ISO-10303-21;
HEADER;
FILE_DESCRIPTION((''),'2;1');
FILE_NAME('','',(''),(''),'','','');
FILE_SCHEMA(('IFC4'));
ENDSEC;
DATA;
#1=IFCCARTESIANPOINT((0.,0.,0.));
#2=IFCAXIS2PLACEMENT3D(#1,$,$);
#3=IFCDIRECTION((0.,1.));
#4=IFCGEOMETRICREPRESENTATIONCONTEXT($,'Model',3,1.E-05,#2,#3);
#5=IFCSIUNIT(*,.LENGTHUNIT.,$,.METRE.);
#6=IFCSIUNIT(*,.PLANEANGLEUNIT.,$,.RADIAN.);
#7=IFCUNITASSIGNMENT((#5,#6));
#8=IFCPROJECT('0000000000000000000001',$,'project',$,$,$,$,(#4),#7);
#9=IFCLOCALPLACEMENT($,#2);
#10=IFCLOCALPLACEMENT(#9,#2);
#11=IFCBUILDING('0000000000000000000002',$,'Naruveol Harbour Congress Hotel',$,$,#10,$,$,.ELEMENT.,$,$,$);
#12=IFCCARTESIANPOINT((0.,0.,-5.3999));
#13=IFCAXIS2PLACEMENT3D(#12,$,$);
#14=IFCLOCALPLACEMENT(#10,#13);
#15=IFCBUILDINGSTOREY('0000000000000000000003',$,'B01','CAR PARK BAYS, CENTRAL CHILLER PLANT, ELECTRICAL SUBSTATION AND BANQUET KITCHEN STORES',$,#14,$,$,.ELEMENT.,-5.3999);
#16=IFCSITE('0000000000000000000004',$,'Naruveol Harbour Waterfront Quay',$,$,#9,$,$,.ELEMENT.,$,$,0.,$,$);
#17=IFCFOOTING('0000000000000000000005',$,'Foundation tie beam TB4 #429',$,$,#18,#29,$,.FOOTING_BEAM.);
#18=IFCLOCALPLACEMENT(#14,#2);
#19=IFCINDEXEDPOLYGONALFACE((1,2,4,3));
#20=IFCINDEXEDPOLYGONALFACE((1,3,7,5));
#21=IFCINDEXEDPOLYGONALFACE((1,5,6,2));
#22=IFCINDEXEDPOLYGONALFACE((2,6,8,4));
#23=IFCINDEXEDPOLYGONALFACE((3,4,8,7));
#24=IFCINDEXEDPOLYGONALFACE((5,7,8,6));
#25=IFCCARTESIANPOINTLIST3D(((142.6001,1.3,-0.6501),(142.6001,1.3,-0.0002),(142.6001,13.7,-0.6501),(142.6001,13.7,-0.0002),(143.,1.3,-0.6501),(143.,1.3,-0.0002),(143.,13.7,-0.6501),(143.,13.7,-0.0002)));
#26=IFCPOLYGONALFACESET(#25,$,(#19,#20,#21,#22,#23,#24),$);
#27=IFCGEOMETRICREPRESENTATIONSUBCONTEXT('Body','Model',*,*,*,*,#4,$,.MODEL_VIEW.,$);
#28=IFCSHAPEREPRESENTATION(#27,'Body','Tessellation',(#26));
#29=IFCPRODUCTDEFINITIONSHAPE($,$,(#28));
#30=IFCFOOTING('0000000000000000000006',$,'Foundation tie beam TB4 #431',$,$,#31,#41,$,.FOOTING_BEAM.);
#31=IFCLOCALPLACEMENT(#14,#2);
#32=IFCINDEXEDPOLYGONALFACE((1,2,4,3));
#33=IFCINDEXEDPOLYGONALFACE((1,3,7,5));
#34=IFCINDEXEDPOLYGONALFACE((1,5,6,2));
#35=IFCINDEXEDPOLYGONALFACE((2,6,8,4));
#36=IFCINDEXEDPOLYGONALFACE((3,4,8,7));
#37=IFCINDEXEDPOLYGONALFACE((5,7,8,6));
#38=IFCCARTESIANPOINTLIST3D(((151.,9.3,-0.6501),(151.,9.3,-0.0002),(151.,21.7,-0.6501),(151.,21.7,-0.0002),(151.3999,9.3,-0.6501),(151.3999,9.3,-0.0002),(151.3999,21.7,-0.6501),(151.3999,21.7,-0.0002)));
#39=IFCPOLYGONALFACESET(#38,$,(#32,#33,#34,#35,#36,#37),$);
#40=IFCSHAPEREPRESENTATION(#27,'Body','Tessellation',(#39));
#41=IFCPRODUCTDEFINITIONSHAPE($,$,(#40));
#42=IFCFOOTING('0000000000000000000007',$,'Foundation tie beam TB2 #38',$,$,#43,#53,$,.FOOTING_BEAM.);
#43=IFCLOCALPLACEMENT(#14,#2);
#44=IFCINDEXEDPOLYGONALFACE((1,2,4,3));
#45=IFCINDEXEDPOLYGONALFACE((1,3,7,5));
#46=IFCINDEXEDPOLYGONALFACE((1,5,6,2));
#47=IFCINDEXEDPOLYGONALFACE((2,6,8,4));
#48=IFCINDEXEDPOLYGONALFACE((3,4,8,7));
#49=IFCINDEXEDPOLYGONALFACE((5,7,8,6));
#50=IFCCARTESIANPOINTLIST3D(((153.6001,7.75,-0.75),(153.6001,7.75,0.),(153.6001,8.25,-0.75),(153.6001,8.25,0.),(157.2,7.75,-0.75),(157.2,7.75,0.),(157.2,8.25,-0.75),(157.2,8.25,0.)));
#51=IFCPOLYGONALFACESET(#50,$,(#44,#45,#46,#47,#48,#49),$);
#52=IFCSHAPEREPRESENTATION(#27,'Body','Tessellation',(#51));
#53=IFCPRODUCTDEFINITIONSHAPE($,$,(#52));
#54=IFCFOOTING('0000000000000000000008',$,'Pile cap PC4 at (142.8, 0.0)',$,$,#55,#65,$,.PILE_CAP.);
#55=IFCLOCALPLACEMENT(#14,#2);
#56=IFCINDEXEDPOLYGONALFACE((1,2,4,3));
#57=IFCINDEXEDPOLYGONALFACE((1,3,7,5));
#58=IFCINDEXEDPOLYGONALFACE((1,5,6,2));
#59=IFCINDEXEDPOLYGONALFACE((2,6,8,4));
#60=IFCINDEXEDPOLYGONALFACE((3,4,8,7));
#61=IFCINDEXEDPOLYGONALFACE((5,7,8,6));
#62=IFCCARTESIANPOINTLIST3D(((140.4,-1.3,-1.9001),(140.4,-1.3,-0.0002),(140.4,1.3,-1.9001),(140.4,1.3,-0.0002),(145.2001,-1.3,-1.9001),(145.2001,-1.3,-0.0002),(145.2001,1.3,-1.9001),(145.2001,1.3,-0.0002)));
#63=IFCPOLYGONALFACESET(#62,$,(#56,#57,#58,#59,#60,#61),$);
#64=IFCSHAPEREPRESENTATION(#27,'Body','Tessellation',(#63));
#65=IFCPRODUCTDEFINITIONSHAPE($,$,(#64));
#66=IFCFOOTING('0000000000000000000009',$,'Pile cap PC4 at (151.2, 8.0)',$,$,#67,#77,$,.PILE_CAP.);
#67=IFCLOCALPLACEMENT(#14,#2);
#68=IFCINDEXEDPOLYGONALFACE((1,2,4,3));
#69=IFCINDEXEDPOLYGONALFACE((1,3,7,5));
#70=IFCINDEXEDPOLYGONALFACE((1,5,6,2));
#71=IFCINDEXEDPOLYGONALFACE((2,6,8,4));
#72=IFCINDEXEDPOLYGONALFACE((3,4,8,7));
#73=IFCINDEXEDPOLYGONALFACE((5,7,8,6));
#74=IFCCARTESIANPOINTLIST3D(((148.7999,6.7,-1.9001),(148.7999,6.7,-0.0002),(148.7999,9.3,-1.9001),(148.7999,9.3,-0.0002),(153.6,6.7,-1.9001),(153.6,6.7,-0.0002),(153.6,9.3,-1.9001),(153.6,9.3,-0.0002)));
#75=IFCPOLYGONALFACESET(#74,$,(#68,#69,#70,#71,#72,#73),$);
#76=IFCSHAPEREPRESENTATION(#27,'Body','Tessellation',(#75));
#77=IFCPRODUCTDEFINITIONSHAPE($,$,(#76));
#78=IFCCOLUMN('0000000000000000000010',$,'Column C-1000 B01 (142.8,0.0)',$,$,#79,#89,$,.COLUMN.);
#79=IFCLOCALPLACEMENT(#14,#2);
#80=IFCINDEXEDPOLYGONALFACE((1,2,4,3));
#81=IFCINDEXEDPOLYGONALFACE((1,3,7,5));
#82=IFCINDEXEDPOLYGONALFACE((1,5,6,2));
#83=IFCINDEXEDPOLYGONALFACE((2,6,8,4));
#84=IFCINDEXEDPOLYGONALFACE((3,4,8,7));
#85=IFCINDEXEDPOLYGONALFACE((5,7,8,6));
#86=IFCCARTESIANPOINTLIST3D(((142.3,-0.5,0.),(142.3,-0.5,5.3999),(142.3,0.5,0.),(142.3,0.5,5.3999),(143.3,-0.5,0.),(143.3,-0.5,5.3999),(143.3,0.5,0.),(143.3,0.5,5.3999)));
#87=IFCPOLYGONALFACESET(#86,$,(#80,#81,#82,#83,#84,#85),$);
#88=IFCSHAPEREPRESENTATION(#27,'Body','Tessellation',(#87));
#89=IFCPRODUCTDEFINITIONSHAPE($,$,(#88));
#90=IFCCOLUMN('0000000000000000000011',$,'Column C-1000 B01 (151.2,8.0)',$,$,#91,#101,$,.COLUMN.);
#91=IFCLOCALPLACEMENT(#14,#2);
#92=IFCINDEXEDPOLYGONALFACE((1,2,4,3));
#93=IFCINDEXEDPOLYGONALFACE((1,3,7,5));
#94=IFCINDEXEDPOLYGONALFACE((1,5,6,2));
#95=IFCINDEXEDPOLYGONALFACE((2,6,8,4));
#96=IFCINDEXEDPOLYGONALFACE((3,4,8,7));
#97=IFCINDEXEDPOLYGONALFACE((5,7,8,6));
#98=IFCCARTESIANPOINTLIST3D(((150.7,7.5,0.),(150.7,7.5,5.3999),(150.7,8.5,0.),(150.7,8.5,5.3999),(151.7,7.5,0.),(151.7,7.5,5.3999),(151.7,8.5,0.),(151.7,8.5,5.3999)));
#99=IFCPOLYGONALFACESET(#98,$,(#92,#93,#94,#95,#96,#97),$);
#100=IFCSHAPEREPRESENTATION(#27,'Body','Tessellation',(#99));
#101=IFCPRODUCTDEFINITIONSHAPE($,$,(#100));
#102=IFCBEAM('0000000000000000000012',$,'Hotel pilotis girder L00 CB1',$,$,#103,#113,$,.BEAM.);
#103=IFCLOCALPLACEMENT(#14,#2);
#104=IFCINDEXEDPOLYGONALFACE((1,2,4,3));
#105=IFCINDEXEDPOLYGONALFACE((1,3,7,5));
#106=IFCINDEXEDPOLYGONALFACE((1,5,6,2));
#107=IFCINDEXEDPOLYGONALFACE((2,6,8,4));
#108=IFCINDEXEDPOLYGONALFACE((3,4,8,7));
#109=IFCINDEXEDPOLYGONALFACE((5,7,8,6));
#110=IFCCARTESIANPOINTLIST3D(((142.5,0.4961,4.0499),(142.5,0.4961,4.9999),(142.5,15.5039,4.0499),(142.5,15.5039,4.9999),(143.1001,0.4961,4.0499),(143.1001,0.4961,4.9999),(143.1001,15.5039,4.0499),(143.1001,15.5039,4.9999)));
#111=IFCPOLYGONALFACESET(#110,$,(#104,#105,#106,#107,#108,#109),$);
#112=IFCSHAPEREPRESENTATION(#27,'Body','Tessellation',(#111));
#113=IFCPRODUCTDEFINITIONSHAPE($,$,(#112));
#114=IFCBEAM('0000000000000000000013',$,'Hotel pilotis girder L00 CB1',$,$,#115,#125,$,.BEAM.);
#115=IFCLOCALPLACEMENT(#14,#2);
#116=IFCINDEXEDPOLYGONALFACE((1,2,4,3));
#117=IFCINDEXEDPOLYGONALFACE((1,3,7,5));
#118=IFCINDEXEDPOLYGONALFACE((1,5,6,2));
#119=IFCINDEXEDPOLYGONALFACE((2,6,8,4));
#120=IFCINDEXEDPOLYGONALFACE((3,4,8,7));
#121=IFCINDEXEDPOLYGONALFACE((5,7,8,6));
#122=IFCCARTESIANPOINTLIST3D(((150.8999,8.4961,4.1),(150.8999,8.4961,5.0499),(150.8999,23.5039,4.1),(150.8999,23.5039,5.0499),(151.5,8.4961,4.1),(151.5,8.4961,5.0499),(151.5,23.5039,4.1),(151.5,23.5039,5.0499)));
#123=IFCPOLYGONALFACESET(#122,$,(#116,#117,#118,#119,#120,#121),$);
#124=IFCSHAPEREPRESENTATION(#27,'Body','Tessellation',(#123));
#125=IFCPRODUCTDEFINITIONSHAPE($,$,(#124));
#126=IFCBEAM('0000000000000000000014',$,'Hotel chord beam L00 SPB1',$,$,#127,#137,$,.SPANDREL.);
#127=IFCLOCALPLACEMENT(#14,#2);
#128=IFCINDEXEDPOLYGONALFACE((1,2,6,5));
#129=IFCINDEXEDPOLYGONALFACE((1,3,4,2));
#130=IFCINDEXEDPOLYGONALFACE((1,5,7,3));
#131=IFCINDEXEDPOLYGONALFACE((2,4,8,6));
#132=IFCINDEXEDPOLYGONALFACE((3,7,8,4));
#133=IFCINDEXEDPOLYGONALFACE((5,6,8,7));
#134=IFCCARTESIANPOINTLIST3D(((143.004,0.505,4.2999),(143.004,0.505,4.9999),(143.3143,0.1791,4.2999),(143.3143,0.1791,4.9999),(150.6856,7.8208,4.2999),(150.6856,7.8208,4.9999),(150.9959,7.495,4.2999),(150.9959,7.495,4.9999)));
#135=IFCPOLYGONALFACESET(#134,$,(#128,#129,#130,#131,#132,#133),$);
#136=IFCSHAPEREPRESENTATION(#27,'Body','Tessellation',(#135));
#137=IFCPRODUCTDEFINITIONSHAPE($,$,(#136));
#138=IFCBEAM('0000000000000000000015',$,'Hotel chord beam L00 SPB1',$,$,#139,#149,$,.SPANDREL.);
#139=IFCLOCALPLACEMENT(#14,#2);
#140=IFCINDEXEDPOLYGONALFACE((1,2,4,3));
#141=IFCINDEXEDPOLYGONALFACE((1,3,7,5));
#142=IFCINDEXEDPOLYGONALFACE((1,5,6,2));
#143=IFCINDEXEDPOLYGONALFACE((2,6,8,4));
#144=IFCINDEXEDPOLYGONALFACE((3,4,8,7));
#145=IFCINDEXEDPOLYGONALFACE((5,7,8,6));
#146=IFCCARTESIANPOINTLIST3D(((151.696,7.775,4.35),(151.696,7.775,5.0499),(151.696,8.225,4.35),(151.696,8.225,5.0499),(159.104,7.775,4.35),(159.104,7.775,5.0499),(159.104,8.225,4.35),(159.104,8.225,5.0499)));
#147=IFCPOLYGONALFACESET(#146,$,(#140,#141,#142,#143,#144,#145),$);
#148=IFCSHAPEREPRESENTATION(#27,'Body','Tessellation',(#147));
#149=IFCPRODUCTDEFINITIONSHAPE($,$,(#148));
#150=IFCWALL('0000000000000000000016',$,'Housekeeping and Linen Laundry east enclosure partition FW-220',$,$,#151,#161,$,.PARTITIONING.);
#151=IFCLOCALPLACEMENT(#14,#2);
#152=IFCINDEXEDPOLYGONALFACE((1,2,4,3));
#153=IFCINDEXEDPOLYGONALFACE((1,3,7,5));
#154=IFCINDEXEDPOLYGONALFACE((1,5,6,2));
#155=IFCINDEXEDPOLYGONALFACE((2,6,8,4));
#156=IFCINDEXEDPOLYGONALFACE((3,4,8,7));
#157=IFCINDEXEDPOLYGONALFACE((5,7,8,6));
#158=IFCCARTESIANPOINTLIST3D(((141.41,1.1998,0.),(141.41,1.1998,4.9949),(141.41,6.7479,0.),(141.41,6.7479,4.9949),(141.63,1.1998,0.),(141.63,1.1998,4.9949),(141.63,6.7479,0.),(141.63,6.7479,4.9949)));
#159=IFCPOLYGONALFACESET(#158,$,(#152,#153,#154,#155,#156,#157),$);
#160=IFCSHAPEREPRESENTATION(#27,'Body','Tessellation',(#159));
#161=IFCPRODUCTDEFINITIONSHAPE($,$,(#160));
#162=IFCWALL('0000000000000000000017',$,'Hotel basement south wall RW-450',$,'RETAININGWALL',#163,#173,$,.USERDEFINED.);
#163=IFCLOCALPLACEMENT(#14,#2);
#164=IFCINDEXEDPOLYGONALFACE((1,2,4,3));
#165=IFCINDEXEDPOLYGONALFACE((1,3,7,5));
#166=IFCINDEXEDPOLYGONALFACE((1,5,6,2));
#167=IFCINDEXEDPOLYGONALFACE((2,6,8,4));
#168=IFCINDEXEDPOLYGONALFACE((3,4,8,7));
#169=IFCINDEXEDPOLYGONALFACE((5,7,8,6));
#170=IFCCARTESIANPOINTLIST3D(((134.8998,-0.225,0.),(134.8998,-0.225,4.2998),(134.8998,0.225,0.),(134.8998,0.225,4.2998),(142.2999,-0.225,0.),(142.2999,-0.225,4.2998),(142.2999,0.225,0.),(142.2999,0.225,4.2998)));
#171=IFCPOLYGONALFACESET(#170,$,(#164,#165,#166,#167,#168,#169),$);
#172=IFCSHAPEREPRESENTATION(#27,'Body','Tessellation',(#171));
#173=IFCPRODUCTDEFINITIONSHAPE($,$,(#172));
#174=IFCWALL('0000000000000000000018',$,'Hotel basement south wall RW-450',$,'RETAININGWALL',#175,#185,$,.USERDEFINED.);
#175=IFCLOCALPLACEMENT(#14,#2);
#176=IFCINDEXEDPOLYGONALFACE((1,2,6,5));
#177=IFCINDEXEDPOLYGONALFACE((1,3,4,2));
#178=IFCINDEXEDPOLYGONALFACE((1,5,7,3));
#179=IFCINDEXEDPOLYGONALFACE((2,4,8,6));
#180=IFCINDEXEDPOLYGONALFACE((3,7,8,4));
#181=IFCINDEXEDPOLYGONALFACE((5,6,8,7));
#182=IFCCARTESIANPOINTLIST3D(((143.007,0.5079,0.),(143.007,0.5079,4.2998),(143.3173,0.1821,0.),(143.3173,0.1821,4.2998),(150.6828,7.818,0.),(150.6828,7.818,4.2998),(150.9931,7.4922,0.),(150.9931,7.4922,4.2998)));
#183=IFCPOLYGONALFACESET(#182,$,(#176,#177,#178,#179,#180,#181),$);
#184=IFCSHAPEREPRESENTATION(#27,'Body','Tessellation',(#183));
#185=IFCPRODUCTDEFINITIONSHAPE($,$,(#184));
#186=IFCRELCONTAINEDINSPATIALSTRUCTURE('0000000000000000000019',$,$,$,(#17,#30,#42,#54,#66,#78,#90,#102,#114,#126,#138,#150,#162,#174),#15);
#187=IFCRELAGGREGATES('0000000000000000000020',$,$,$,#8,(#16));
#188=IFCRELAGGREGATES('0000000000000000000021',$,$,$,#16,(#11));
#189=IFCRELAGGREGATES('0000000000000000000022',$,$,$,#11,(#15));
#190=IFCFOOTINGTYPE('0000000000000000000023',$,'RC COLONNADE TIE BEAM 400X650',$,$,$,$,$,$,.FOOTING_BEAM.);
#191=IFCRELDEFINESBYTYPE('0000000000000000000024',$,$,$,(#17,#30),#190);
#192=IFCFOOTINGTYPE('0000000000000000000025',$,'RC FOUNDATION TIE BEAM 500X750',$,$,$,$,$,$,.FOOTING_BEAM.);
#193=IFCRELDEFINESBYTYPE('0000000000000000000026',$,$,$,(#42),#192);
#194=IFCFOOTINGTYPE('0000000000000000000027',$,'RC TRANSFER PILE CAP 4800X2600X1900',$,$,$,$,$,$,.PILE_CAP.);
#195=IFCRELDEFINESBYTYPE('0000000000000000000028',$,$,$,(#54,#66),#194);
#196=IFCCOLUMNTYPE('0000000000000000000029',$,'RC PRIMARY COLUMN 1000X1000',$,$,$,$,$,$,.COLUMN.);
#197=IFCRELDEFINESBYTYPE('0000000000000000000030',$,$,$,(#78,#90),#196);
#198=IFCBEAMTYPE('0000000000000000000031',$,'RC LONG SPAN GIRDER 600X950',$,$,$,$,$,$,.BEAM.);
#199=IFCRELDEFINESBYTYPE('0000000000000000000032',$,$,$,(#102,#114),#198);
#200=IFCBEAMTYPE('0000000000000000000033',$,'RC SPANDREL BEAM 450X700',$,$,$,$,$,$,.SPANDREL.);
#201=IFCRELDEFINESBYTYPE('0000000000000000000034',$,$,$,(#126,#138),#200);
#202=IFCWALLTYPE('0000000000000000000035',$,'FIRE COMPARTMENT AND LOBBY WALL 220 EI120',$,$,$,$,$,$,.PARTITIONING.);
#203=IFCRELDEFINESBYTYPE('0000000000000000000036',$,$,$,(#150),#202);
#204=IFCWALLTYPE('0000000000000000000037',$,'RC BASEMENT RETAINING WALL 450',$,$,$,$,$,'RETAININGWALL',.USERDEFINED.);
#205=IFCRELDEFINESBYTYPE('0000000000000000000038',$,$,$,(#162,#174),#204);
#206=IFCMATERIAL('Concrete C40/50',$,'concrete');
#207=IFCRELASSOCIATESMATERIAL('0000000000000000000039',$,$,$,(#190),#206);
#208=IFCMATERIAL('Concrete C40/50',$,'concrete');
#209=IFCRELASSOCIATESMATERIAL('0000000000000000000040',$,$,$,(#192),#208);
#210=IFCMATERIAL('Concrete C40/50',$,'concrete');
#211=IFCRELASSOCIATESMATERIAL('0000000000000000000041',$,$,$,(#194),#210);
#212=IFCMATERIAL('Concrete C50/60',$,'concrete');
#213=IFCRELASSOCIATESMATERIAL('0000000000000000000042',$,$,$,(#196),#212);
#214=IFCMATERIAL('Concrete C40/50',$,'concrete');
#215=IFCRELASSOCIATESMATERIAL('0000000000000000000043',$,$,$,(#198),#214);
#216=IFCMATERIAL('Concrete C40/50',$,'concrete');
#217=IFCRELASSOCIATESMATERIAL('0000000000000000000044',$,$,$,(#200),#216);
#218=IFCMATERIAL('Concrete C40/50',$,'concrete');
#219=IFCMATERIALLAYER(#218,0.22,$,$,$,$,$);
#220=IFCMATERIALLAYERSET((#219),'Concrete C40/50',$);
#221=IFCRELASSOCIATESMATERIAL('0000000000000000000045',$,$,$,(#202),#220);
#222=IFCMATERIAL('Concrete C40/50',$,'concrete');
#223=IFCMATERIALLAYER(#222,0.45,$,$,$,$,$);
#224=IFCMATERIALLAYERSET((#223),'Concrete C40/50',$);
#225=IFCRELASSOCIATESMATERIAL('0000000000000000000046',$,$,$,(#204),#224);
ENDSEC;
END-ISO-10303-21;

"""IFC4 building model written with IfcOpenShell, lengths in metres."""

from ifc_helpers import new_model, si_unit, direction, frame, frame_2d, origin, origin_2d, place, context, subcontext, project, spatial, rectangle, extrude, material, layer, layer_set, material_profile, profile_set, type_object, element, save


model = new_model("IFC4")

# Units and contexts
model_context = context("Model", 3, precision=1e-05, world=origin(), true_north=direction((0.0, 1.0)))
body_context = subcontext(model_context, "Body", "Model", "MODEL_VIEW")
ifc_project = project(units=[si_unit("LENGTHUNIT", "METRE"), si_unit("PLANEANGLEUNIT", "RADIAN")], contexts=[model_context])

# Site, building, storey
site_placement = place(None, origin())
site = spatial("IfcSite", under=ifc_project, at=site_placement, Name="Naruveol Harbour Waterfront Quay", CompositionType="ELEMENT", RefElevation=0.0)
building_placement = place(site_placement, origin())
building = spatial("IfcBuilding", under=site, at=building_placement, Name="Naruveol Harbour Congress Hotel", CompositionType="ELEMENT")
storey_placement = place(building_placement, frame((0.0, 0.0, -5.3999)))
storey = spatial("IfcBuildingStorey", under=building, at=storey_placement, Name="B01", Description="CAR PARK BAYS, CENTRAL CHILLER PLANT, ELECTRICAL SUBSTATION AND BANQUET KITCHEN STORES", CompositionType="ELEMENT", Elevation=-5.3999)

# Footings
ifc_material_1 = material(Name="Concrete C40/50", Category="concrete")
ifc_material_profile_1 = material_profile(ifc_material_1, rectangle(XDim=0.3999, YDim=0.6499, at=origin_2d()), Name="RCB-400x650")
ifc_profile_set_1 = profile_set([ifc_material_profile_1], Name="Concrete C40/50")
footing_type_1 = type_object("IfcFootingType", Name="RC COLONNADE TIE BEAM 400X650", PredefinedType="FOOTING_BEAM", material=ifc_profile_set_1)
for number, where, z_axis, x_axis, name in (
    (1, (142.8, 1.3, -0.3252), (0.0, 1.0, 0.0), (-1.0, 0.0, 0.0), "Foundation tie beam TB4 #429"),
    (2, (151.2, 9.3, -0.3252), (0.0, 1.0, 0.0), (-1.0, 0.0, 0.0), "Foundation tie beam TB4 #431"),
):
    element("IfcFooting", number, at=place(storey_placement, frame(where, z_axis=z_axis, x_axis=x_axis)), inside=storey, type_object=footing_type_1, Name=name, PredefinedType="FOOTING_BEAM", context=body_context, shape_type="SweptSolid", body=[
        extrude(rectangle(XDim=0.3999, YDim=0.6499, at=origin_2d()), origin(), (0.0, 0.0, 1.0), 12.3999),
    ])
ifc_material_2 = material(Name="Concrete C40/50", Category="concrete")
ifc_material_profile_2 = material_profile(ifc_material_2, rectangle(XDim=0.5, YDim=0.75, at=origin_2d()), Name="RCB-500x750")
ifc_profile_set_2 = profile_set([ifc_material_profile_2], Name="Concrete C40/50")
footing_type_2 = type_object("IfcFootingType", Name="RC FOUNDATION TIE BEAM 500X750", PredefinedType="FOOTING_BEAM", material=ifc_profile_set_2)
footing_placement = place(storey_placement, frame((153.6001, 8.0, -0.375), z_axis=(1.0, 0.0, 0.0), x_axis=(0.0, 1.0, 0.0)))
element("IfcFooting", 3, at=footing_placement, inside=storey, type_object=footing_type_2, Name="Foundation tie beam TB2 #38", PredefinedType="FOOTING_BEAM", context=body_context, shape_type="SweptSolid", body=[
    extrude(rectangle(XDim=0.5, YDim=0.75, at=origin_2d()), origin(), (0.0, 0.0, 1.0), 3.5999),
])
ifc_material_3 = material(Name="Concrete C40/50", Category="concrete")
footing_type_3 = type_object("IfcFootingType", Name="RC TRANSFER PILE CAP 4800X2600X1900", PredefinedType="PILE_CAP", material=ifc_material_3)
for number, where, z_axis, x_axis, name in (
    (4, (142.8, 0.0, -1.9001), (0.0, 0.0, 1.0), (1.0, 0.0, 0.0), "Pile cap PC4 at (142.8, 0.0)"),
    (5, (151.2, 8.0, -1.9001), (0.0, 0.0, 1.0), (1.0, 0.0, 0.0), "Pile cap PC4 at (151.2, 8.0)"),
):
    element("IfcFooting", number, at=place(storey_placement, frame(where, z_axis=z_axis, x_axis=x_axis)), inside=storey, type_object=footing_type_3, Name=name, PredefinedType="PILE_CAP", context=body_context, shape_type="SweptSolid", body=[
        extrude(rectangle(XDim=4.8, YDim=2.6001, at=origin_2d()), origin(), (0.0, 0.0, 1.0), 1.8999),
    ])

# Columns
ifc_material_4 = material(Name="Concrete C50/60", Category="concrete")
ifc_material_profile_3 = material_profile(ifc_material_4, rectangle(XDim=1.0, YDim=1.0, at=origin_2d()), Name="RC-1000x1000")
ifc_profile_set_3 = profile_set([ifc_material_profile_3], Name="Concrete C50/60")
column_type = type_object("IfcColumnType", Name="RC PRIMARY COLUMN 1000X1000", PredefinedType="COLUMN", material=ifc_profile_set_3)
for number, where, z_axis, x_axis, name in (
    (6, (142.8, 0.0, 0.0), (0.0, 0.0, 1.0), (1.0, 0.0, 0.0), "Column C-1000 B01 (142.8,0.0)"),
    (7, (151.2, 8.0, 0.0), (0.0, 0.0, 1.0), (1.0, 0.0, 0.0), "Column C-1000 B01 (151.2,8.0)"),
):
    element("IfcColumn", number, at=place(storey_placement, frame(where, z_axis=z_axis, x_axis=x_axis)), inside=storey, type_object=column_type, Name=name, PredefinedType="COLUMN", context=body_context, shape_type="SweptSolid", body=[
        extrude(rectangle(XDim=1.0, YDim=1.0, at=origin_2d()), origin(), (0.0, 0.0, 1.0), 5.3999),
    ])

# Beams
ifc_material_5 = material(Name="Concrete C40/50", Category="concrete")
ifc_material_profile_4 = material_profile(ifc_material_5, rectangle(XDim=0.6001, YDim=0.95, at=origin_2d()), Name="RCB-600x950")
ifc_profile_set_4 = profile_set([ifc_material_profile_4], Name="Concrete C40/50")
beam_type_1 = type_object("IfcBeamType", Name="RC LONG SPAN GIRDER 600X950", PredefinedType="BEAM", material=ifc_profile_set_4)
for number, where, z_axis, x_axis, name in (
    (8, (142.8, 0.4961, 4.5249), (0.0, 1.0, 0.0), (-1.0, 0.0, 0.0), "Hotel pilotis girder L00 CB1"),
    (9, (151.2, 8.4961, 4.575), (0.0, 1.0, 0.0), (-1.0, 0.0, 0.0), "Hotel pilotis girder L00 CB1"),
):
    element("IfcBeam", number, at=place(storey_placement, frame(where, z_axis=z_axis, x_axis=x_axis)), inside=storey, type_object=beam_type_1, Name=name, PredefinedType="BEAM", context=body_context, shape_type="SweptSolid", body=[
        extrude(rectangle(XDim=0.6001, YDim=0.95, at=origin_2d()), origin(), (0.0, 0.0, 1.0), 15.0078),
    ])
ifc_material_6 = material(Name="Concrete C40/50", Category="concrete")
ifc_material_profile_5 = material_profile(ifc_material_6, rectangle(XDim=0.45, YDim=0.7, at=origin_2d()), Name="RCB-450x700")
ifc_profile_set_5 = profile_set([ifc_material_profile_5], Name="Concrete C40/50")
beam_type_2 = type_object("IfcBeamType", Name="RC SPANDREL BEAM 450X700", PredefinedType="SPANDREL", material=ifc_profile_set_5)
beam_1_placement = place(storey_placement, frame((143.1592, 0.342, 4.6499), z_axis=(0.724135, 0.689659, 0.0), x_axis=(-0.689659, 0.724135, 0.0)))
element("IfcBeam", 10, at=beam_1_placement, inside=storey, type_object=beam_type_2, Name="Hotel chord beam L00 SPB1", PredefinedType="SPANDREL", context=body_context, shape_type="SweptSolid", body=[
    extrude(rectangle(XDim=0.45, YDim=0.7, at=origin_2d()), origin(), (0.0, 0.0, 1.0), 10.6079),
])
beam_2_placement = place(storey_placement, frame((151.696, 8.0, 4.7), z_axis=(1.0, 0.0, 0.0), x_axis=(0.0, 1.0, 0.0)))
element("IfcBeam", 11, at=beam_2_placement, inside=storey, type_object=beam_type_2, Name="Hotel chord beam L00 SPB1", PredefinedType="SPANDREL", context=body_context, shape_type="SweptSolid", body=[
    extrude(rectangle(XDim=0.45, YDim=0.7, at=origin_2d()), origin(), (0.0, 0.0, 1.0), 7.408),
])

# Walls
ifc_material_7 = material(Name="Concrete C40/50", Category="concrete")
ifc_layer_1 = layer(ifc_material_7, 0.22)
ifc_layer_set_1 = layer_set([ifc_layer_1], Name="Concrete C40/50")
wall_type_1 = type_object("IfcWallType", Name="FIRE COMPARTMENT AND LOBBY WALL 220 EI120", PredefinedType="PARTITIONING", material=ifc_layer_set_1)
wall_1_placement = place(storey_placement, frame((141.52, 1.2, 0.0), z_axis=(0.0, 0.0, 1.0), x_axis=(0.0, 1.0, 0.0)))
element("IfcWall", 12, at=wall_1_placement, inside=storey, type_object=wall_type_1, Name="Housekeeping and Linen Laundry east enclosure partition FW-220", PredefinedType="PARTITIONING", context=body_context, shape_type="SweptSolid", body=[
    extrude(rectangle(XDim=5.5481, YDim=0.22, at=frame_2d((2.7739, 0.0))), origin(), (0.0, 0.0, 1.0), 4.9949),
])
ifc_material_8 = material(Name="Concrete C40/50", Category="concrete")
ifc_layer_2 = layer(ifc_material_8, 0.45)
ifc_layer_set_2 = layer_set([ifc_layer_2], Name="Concrete C40/50")
wall_type_2 = type_object("IfcWallType", Name="RC BASEMENT RETAINING WALL 450", ElementType="RETAININGWALL", PredefinedType="USERDEFINED", material=ifc_layer_set_2)
wall_2_placement = place(storey_placement, frame((142.3, 0.0, 0.0), z_axis=(0.0, 0.0, 1.0), x_axis=(-1.0, 0.0, 0.0)))
element("IfcWall", 13, at=wall_2_placement, inside=storey, type_object=wall_type_2, Name="Hotel basement south wall RW-450", ObjectType="RETAININGWALL", PredefinedType="USERDEFINED", context=body_context, shape_type="SweptSolid", body=[
    extrude(rectangle(XDim=7.4001, YDim=0.45, at=frame_2d((3.7002, 0.0))), origin(), (0.0, 0.0, 1.0), 4.2998),
])
wall_3_placement = place(storey_placement, frame((150.8379, 7.655, 0.0), z_axis=(0.0, 0.0, 1.0), x_axis=(-0.724148, -0.689645, 0.0)))
element("IfcWall", 14, at=wall_3_placement, inside=storey, type_object=wall_type_2, Name="Hotel basement south wall RW-450", ObjectType="RETAININGWALL", PredefinedType="USERDEFINED", context=body_context, shape_type="SweptSolid", body=[
    extrude(rectangle(XDim=10.5999, YDim=0.45, at=frame_2d((5.2998, 0.0))), origin(), (0.0, 0.0, 1.0), 4.2998),
])

save(model, "model.ifc")
